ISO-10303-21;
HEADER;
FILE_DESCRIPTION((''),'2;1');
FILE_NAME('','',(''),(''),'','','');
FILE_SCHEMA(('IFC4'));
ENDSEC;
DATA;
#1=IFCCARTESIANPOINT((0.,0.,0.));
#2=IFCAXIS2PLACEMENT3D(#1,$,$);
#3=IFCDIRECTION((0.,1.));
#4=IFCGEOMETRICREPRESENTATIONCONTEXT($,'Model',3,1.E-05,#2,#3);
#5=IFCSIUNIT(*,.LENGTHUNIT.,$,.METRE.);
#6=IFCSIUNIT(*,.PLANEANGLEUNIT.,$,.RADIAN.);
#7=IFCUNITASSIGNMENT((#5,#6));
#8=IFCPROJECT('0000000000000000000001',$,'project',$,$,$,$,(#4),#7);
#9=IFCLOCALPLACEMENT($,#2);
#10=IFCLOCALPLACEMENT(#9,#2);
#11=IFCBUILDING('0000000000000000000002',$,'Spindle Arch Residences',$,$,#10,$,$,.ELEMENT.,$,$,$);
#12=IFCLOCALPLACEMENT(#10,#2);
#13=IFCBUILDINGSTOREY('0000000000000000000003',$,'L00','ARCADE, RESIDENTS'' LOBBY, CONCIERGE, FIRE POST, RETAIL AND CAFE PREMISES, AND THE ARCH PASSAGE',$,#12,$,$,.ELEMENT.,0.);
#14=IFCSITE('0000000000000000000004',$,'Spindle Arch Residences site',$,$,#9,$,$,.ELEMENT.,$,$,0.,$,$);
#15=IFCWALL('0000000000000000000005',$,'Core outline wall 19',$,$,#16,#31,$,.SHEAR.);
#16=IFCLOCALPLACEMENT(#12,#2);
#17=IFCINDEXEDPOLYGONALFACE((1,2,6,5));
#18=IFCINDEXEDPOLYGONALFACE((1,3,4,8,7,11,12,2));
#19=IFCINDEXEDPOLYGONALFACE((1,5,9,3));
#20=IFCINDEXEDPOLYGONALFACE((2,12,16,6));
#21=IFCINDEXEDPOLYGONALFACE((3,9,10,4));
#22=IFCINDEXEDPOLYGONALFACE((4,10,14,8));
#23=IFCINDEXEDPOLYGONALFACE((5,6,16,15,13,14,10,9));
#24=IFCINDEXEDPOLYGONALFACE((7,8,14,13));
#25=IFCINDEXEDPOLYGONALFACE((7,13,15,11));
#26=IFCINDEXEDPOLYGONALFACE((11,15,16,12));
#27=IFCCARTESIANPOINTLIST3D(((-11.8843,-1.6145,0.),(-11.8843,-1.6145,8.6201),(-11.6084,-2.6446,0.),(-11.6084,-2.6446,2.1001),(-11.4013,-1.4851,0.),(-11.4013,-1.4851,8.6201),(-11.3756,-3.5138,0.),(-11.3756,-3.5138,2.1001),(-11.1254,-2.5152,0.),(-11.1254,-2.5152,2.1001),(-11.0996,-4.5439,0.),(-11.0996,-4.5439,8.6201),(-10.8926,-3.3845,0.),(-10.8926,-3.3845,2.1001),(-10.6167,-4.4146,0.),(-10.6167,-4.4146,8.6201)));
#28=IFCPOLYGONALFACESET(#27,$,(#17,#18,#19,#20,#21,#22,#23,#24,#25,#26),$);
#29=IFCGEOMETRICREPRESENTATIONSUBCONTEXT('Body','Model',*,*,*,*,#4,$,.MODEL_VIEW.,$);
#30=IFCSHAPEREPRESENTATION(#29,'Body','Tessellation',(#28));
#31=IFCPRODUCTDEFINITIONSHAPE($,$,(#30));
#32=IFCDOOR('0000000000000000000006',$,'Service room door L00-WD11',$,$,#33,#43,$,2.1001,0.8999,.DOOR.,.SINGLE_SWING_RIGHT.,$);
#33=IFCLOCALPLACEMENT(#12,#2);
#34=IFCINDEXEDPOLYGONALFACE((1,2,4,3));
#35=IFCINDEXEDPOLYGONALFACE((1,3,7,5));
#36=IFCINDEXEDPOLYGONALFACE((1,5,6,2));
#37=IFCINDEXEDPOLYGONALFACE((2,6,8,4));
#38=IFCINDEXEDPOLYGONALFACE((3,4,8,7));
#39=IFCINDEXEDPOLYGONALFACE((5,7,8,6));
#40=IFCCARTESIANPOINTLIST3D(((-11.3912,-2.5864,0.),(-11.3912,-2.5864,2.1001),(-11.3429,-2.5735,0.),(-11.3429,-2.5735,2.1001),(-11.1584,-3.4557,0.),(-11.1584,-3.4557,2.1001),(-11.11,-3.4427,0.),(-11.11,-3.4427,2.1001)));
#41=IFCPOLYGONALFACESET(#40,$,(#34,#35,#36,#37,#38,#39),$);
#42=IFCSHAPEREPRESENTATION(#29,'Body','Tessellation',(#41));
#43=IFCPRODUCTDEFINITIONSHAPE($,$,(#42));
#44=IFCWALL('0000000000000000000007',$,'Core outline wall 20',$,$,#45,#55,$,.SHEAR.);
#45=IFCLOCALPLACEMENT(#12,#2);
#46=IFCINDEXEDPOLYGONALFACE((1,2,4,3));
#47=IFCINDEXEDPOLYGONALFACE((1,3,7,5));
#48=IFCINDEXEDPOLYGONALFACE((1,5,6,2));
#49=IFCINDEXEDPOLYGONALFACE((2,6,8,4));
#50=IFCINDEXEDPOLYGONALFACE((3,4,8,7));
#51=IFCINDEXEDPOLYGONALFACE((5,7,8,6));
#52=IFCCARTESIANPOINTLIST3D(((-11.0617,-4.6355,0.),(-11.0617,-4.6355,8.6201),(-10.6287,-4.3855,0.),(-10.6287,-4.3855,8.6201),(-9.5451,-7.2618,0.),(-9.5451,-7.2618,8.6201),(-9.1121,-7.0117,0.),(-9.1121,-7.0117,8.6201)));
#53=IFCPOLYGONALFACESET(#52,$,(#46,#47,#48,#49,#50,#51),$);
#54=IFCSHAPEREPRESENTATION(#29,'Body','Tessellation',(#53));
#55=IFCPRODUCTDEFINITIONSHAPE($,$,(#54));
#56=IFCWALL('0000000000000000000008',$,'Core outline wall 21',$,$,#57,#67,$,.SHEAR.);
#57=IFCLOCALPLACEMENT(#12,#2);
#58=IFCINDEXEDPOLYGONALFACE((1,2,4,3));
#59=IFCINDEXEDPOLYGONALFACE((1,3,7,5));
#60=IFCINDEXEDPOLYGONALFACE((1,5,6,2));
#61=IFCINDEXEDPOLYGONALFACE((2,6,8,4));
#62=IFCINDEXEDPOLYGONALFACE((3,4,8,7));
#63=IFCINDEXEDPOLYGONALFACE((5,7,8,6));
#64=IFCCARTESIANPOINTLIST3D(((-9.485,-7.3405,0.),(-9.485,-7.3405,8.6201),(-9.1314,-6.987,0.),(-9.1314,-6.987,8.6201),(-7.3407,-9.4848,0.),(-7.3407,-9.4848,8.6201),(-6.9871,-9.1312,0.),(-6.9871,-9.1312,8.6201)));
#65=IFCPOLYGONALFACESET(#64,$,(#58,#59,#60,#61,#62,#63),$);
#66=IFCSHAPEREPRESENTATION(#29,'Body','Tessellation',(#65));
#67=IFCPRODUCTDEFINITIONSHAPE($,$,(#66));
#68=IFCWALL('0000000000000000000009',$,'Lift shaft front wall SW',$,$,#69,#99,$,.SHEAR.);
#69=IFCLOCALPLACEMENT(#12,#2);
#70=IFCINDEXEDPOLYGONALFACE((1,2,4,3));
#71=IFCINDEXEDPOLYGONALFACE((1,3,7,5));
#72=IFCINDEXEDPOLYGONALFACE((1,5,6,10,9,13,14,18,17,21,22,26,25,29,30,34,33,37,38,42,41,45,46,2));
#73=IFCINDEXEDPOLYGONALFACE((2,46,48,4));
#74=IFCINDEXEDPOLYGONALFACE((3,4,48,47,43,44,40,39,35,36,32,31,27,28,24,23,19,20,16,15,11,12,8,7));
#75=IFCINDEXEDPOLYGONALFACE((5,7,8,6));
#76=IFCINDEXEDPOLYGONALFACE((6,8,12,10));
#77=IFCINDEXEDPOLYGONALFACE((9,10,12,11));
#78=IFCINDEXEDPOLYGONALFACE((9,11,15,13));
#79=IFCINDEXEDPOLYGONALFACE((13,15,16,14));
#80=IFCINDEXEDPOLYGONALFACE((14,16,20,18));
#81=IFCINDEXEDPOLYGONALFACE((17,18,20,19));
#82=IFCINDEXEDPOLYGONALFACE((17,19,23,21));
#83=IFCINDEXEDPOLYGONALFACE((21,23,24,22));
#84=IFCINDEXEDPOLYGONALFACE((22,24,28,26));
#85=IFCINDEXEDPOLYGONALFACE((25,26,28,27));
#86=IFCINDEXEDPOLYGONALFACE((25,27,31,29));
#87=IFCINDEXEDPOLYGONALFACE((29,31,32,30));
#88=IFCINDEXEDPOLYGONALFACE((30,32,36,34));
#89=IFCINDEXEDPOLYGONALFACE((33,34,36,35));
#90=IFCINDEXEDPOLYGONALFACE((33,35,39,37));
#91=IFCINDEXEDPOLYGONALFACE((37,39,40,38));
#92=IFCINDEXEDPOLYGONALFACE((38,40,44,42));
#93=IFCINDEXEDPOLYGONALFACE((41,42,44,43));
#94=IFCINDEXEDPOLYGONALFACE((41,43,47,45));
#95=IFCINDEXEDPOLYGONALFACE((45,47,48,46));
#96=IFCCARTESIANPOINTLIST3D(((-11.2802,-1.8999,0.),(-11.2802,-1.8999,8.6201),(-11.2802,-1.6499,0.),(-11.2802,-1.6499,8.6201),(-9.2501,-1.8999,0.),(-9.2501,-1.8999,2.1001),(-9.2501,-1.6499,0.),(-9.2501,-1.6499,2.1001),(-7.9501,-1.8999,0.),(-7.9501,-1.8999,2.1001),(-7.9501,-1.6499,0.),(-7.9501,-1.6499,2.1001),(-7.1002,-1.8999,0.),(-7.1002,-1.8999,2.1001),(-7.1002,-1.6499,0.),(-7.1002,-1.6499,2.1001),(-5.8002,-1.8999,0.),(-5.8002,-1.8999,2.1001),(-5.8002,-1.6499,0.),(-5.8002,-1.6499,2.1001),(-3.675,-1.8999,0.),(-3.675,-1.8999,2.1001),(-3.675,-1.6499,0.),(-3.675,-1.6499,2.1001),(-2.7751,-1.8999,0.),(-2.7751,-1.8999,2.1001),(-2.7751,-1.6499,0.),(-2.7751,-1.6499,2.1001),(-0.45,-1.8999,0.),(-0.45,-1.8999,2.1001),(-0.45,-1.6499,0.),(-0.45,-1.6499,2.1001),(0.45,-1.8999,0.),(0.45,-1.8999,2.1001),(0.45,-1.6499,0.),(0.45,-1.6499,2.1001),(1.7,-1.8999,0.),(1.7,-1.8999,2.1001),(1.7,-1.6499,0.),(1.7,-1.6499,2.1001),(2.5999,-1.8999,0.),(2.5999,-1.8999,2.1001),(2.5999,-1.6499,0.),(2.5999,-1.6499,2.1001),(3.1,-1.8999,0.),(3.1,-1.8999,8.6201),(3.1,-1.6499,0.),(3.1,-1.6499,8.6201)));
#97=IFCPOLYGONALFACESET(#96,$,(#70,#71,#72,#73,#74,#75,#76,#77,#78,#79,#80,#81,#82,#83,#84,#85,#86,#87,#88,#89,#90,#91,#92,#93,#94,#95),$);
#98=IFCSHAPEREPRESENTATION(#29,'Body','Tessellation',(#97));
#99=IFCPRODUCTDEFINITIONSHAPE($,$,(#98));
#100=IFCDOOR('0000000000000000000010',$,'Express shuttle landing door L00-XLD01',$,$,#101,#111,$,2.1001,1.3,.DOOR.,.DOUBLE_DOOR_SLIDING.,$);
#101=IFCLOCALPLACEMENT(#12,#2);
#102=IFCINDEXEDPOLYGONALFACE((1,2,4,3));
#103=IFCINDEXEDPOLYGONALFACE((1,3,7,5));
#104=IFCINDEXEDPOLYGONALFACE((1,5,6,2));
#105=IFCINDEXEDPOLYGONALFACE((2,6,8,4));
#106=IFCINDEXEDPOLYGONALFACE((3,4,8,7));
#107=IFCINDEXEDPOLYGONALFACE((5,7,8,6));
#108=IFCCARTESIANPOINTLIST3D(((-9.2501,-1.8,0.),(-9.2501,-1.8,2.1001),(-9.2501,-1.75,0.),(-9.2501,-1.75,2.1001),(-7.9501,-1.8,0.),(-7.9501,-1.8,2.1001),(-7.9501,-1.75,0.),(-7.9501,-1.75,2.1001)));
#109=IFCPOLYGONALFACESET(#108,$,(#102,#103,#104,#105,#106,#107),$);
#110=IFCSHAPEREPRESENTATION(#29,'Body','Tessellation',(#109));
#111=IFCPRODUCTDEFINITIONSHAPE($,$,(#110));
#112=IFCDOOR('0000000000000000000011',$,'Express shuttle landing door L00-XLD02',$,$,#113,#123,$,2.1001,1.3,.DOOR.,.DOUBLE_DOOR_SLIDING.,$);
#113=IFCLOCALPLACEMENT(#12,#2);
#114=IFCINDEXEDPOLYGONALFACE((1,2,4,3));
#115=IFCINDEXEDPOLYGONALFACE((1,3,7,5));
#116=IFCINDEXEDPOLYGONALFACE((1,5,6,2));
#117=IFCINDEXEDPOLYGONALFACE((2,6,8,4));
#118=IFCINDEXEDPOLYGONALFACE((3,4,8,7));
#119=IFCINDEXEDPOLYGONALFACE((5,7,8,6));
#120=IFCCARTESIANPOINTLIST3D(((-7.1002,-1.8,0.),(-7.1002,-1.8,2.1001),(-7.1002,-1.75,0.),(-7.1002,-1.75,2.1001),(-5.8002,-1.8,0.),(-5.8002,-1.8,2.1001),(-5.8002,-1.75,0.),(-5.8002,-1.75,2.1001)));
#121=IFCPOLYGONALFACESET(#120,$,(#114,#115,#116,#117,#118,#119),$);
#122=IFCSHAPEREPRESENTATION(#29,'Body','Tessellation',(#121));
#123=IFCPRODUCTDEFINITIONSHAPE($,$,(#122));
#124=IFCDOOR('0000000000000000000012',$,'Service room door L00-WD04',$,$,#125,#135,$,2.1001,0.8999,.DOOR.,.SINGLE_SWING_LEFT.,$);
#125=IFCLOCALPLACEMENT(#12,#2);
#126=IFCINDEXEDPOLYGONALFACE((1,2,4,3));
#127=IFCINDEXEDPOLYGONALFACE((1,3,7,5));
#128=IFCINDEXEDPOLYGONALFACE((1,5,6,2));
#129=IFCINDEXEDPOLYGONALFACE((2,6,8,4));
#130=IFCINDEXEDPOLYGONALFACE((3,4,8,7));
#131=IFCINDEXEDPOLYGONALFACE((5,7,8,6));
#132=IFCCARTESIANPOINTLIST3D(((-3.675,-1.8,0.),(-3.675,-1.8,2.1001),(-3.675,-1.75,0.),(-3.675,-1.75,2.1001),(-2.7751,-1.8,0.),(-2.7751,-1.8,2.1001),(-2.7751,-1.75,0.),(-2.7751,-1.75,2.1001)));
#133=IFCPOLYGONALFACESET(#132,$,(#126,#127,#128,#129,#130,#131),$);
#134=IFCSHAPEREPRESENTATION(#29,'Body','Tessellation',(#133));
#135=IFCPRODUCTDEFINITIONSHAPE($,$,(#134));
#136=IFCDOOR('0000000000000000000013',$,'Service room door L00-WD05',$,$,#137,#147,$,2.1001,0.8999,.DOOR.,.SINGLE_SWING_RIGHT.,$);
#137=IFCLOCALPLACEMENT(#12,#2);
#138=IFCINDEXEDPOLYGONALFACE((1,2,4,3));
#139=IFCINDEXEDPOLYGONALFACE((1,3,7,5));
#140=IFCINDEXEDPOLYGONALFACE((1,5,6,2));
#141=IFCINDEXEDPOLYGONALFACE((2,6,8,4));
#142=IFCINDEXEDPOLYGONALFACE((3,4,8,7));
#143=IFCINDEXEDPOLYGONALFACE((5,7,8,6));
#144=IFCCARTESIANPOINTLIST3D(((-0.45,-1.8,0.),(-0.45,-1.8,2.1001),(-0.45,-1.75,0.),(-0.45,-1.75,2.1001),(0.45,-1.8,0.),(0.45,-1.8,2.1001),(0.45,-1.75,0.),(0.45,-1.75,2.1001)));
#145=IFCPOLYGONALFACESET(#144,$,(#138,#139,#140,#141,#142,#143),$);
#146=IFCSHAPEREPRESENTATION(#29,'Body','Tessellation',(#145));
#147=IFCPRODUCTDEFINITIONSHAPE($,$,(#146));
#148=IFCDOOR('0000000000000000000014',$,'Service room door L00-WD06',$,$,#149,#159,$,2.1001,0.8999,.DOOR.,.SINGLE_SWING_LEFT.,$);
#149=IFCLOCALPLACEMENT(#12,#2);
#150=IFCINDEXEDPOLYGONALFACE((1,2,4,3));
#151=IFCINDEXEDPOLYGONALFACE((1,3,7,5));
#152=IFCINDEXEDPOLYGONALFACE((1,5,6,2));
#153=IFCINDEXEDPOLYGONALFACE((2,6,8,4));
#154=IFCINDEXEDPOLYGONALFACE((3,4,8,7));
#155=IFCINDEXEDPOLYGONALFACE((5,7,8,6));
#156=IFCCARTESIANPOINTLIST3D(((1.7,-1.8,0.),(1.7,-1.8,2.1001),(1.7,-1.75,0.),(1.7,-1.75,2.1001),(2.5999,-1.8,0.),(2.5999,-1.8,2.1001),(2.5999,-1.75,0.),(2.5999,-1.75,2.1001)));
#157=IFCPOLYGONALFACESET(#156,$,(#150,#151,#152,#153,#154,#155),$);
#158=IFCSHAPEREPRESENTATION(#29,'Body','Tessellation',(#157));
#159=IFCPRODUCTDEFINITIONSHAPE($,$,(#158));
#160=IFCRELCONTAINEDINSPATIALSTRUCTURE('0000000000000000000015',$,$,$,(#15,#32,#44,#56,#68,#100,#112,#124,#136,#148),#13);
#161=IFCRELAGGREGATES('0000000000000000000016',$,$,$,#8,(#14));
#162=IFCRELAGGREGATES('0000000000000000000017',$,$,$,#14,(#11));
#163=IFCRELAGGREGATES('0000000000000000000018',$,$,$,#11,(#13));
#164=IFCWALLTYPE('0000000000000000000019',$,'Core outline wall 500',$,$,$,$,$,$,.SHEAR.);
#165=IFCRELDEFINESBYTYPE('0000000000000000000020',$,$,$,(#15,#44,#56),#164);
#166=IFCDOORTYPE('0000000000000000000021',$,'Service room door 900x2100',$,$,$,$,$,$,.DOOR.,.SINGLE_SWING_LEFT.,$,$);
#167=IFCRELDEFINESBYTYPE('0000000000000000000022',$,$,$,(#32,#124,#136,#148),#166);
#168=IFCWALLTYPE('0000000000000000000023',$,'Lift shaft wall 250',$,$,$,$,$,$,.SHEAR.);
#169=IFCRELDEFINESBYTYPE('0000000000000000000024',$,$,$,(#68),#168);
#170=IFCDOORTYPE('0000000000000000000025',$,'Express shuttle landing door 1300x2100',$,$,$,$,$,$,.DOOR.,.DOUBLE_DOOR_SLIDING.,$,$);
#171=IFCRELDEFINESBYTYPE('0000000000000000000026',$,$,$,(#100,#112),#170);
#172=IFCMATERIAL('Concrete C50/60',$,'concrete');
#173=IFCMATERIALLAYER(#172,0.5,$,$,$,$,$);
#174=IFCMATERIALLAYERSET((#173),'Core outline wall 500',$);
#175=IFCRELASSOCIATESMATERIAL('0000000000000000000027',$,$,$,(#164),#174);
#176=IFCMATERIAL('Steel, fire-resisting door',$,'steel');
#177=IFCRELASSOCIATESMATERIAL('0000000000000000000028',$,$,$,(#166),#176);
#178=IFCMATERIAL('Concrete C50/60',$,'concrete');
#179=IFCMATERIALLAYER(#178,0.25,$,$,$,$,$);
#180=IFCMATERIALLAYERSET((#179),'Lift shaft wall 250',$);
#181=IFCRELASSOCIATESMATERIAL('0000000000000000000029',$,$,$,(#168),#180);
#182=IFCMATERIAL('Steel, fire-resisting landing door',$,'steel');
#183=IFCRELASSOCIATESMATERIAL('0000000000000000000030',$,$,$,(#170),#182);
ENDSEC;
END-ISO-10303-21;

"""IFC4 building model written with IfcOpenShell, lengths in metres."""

from ifc_helpers import new_model, si_unit, direction, frame, frame_2d, origin, place, context, subcontext, project, spatial, rectangle, extrude, material, layer, layer_set, type_object, element, fill, save


model = new_model("IFC4")

# Units and contexts
model_context = context("Model", 3, precision=1e-05, world=origin(), true_north=direction((0.0, 1.0)))
body_context = subcontext(model_context, "Body", "Model", "MODEL_VIEW")
ifc_project = project(units=[si_unit("LENGTHUNIT", "METRE"), si_unit("PLANEANGLEUNIT", "RADIAN")], contexts=[model_context])

# Site, building, storey
site_placement = place(None, origin())
site = spatial("IfcSite", under=ifc_project, at=site_placement, Name="Spindle Arch Residences site", CompositionType="ELEMENT", RefElevation=0.0)
building_placement = place(site_placement, origin())
building = spatial("IfcBuilding", under=site, at=building_placement, Name="Spindle Arch Residences", CompositionType="ELEMENT")
storey_placement = place(building_placement, origin())
storey = spatial("IfcBuildingStorey", under=building, at=storey_placement, Name="L00", Description="ARCADE, RESIDENTS' LOBBY, CONCIERGE, FIRE POST, RETAIL AND CAFE PREMISES, AND THE ARCH PASSAGE", CompositionType="ELEMENT", Elevation=0.0)

# Wall, opening, door
ifc_material_1 = material(Name="Concrete C50/60", Category="concrete")
ifc_layer_1 = layer(ifc_material_1, 0.5)
ifc_layer_set_1 = layer_set([ifc_layer_1], Name="Core outline wall 500")
wall_type_1 = type_object("IfcWallType", Name="Core outline wall 500", PredefinedType="SHEAR", material=ifc_layer_set_1)
wall_1_placement = place(storey_placement, frame((-11.6428, -1.5498, 0.0), z_axis=(0.0, 0.0, 1.0), x_axis=(0.258735, -0.965948, 0.0)))
wall_1 = element("IfcWall", 1, at=wall_1_placement, inside=storey, type_object=wall_type_1, Name="Core outline wall 19", PredefinedType="SHEAR", context=body_context, shape_type="SweptSolid", body=[
    extrude(rectangle(XDim=3.0327, YDim=0.5, at=frame_2d((1.5164, 0.0))), origin(), (0.0, 0.0, 1.0), 8.6201),
])
opening_1_placement = place(wall_1_placement, frame((1.0664, 0.0, 0.0)))
opening_1 = element("IfcOpeningElement", 2, at=opening_1_placement, cuts=wall_1, PredefinedType="OPENING", context=body_context, shape_type="SweptSolid", body=[
    extrude(rectangle(XDim=0.8999, YDim=2.1001, at=frame_2d((0.45, 1.05))), frame((0.0, 0.26, 0.0), z_axis=(0.0, -1.0, 0.0), x_axis=(1.0, 0.0, 0.0)), (0.0, 0.0, 1.0), 0.52),
])
ifc_material_2 = material(Name="Steel, fire-resisting door", Category="steel")
door_type_1 = type_object("IfcDoorType", Name="Service room door 900x2100", OperationType="SINGLE_SWING_LEFT", PredefinedType="DOOR", material=ifc_material_2)
door_1_placement = place(opening_1_placement, origin())
door_1 = element("IfcDoor", 3, at=door_1_placement, inside=storey, type_object=door_type_1, Name="Service room door L00-WD11", OperationType="SINGLE_SWING_RIGHT", OverallHeight=2.1001, OverallWidth=0.8999, PredefinedType="DOOR", context=body_context, shape_type="SweptSolid", body=[
    extrude(rectangle(XDim=0.8999, YDim=2.1001, at=frame_2d((0.45, 1.05))), frame((0.0, 0.0249, 0.0), z_axis=(0.0, -1.0, 0.0), x_axis=(1.0, 0.0, 0.0)), (0.0, 0.0, 1.0), 0.05),
])
fill(opening_1, door_1)

# Walls
wall_2_placement = place(storey_placement, frame((-10.8452, -4.5105, 0.0), z_axis=(0.0, 0.0, 1.0), x_axis=(0.500087, -0.865975, 0.0)))
element("IfcWall", 4, at=wall_2_placement, inside=storey, type_object=wall_type_1, Name="Core outline wall 20", PredefinedType="SHEAR", context=body_context, shape_type="SweptSolid", body=[
    extrude(rectangle(XDim=3.0327, YDim=0.5, at=frame_2d((1.5164, 0.0))), origin(), (0.0, 0.0, 1.0), 8.6201),
])
wall_3_placement = place(storey_placement, frame((-9.3081, -7.1638, 0.0), z_axis=(0.0, 0.0, 1.0), x_axis=(0.707107, -0.707107, 0.0)))
element("IfcWall", 5, at=wall_3_placement, inside=storey, type_object=wall_type_1, Name="Core outline wall 21", PredefinedType="SHEAR", context=body_context, shape_type="SweptSolid", body=[
    extrude(rectangle(XDim=3.0325, YDim=0.5, at=frame_2d((1.5161, 0.0))), origin(), (0.0, 0.0, 1.0), 8.6201),
])

# Wall, openings, doors
ifc_material_3 = material(Name="Concrete C50/60", Category="concrete")
ifc_layer_2 = layer(ifc_material_3, 0.25)
ifc_layer_set_2 = layer_set([ifc_layer_2], Name="Lift shaft wall 250")
wall_type_2 = type_object("IfcWallType", Name="Lift shaft wall 250", PredefinedType="SHEAR", material=ifc_layer_set_2)
wall_4_placement = place(storey_placement, frame((-11.28, -1.7749, 0.0), z_axis=(0.0, 0.0, 1.0), x_axis=(1.0, 0.0, 0.0)))
wall_4 = element("IfcWall", 6, at=wall_4_placement, inside=storey, type_object=wall_type_2, Name="Lift shaft front wall SW", PredefinedType="SHEAR", context=body_context, shape_type="SweptSolid", body=[
    extrude(rectangle(XDim=14.3801, YDim=0.25, at=frame_2d((7.1899, 0.0))), origin(), (0.0, 0.0, 1.0), 8.6201),
])
opening_2_placement = place(wall_4_placement, frame((2.03, 0.0, 0.0)))
opening_2 = element("IfcOpeningElement", 7, at=opening_2_placement, cuts=wall_4, PredefinedType="OPENING", context=body_context, shape_type="SweptSolid", body=[
    extrude(rectangle(XDim=1.3, YDim=2.1001, at=frame_2d((0.6499, 1.05))), frame((0.0, 0.135, 0.0), z_axis=(0.0, -1.0, 0.0), x_axis=(1.0, 0.0, 0.0)), (0.0, 0.0, 1.0), 0.27),
])
opening_3_placement = place(wall_4_placement, frame((4.1799, 0.0, 0.0)))
opening_3 = element("IfcOpeningElement", 8, at=opening_3_placement, cuts=wall_4, PredefinedType="OPENING", context=body_context, shape_type="SweptSolid", body=[
    extrude(rectangle(XDim=1.3, YDim=2.1001, at=frame_2d((0.6499, 1.05))), frame((0.0, 0.135, 0.0), z_axis=(0.0, -1.0, 0.0), x_axis=(1.0, 0.0, 0.0)), (0.0, 0.0, 1.0), 0.27),
])
opening_4_placement = place(wall_4_placement, frame((7.605, 0.0, 0.0)))
opening_4 = element("IfcOpeningElement", 9, at=opening_4_placement, cuts=wall_4, PredefinedType="OPENING", context=body_context, shape_type="SweptSolid", body=[
    extrude(rectangle(XDim=0.8999, YDim=2.1001, at=frame_2d((0.45, 1.05))), frame((0.0, 0.135, 0.0), z_axis=(0.0, -1.0, 0.0), x_axis=(1.0, 0.0, 0.0)), (0.0, 0.0, 1.0), 0.27),
])
opening_5_placement = place(wall_4_placement, frame((10.8301, 0.0, 0.0)))
opening_5 = element("IfcOpeningElement", 10, at=opening_5_placement, cuts=wall_4, PredefinedType="OPENING", context=body_context, shape_type="SweptSolid", body=[
    extrude(rectangle(XDim=0.8999, YDim=2.1001, at=frame_2d((0.45, 1.05))), frame((0.0, 0.135, 0.0), z_axis=(0.0, -1.0, 0.0), x_axis=(1.0, 0.0, 0.0)), (0.0, 0.0, 1.0), 0.27),
])
opening_6_placement = place(wall_4_placement, frame((12.98, 0.0, 0.0)))
opening_6 = element("IfcOpeningElement", 11, at=opening_6_placement, cuts=wall_4, PredefinedType="OPENING", context=body_context, shape_type="SweptSolid", body=[
    extrude(rectangle(XDim=0.8999, YDim=2.1001, at=frame_2d((0.45, 1.05))), frame((0.0, 0.135, 0.0), z_axis=(0.0, -1.0, 0.0), x_axis=(1.0, 0.0, 0.0)), (0.0, 0.0, 1.0), 0.27),
])
ifc_material_4 = material(Name="Steel, fire-resisting landing door", Category="steel")
door_type_2 = type_object("IfcDoorType", Name="Express shuttle landing door 1300x2100", OperationType="DOUBLE_DOOR_SLIDING", PredefinedType="DOOR", material=ifc_material_4)
door_2_placement = place(opening_2_placement, origin())
door_2 = element("IfcDoor", 12, at=door_2_placement, inside=storey, type_object=door_type_2, Name="Express shuttle landing door L00-XLD01", OperationType="DOUBLE_DOOR_SLIDING", OverallHeight=2.1001, OverallWidth=1.3, PredefinedType="DOOR", context=body_context, shape_type="SweptSolid", body=[
    extrude(rectangle(XDim=1.3, YDim=2.1001, at=frame_2d((0.6499, 1.05))), frame((0.0, 0.0249, 0.0), z_axis=(0.0, -1.0, 0.0), x_axis=(1.0, 0.0, 0.0)), (0.0, 0.0, 1.0), 0.05),
])
fill(opening_2, door_2)
door_3_placement = place(opening_3_placement, origin())
door_3 = element("IfcDoor", 13, at=door_3_placement, inside=storey, type_object=door_type_2, Name="Express shuttle landing door L00-XLD02", OperationType="DOUBLE_DOOR_SLIDING", OverallHeight=2.1001, OverallWidth=1.3, PredefinedType="DOOR", context=body_context, shape_type="SweptSolid", body=[
    extrude(rectangle(XDim=1.3, YDim=2.1001, at=frame_2d((0.6499, 1.05))), frame((0.0, 0.0249, 0.0), z_axis=(0.0, -1.0, 0.0), x_axis=(1.0, 0.0, 0.0)), (0.0, 0.0, 1.0), 0.05),
])
fill(opening_3, door_3)
door_4_placement = place(opening_4_placement, origin())
door_4 = element("IfcDoor", 14, at=door_4_placement, inside=storey, type_object=door_type_1, Name="Service room door L00-WD04", OperationType="SINGLE_SWING_LEFT", OverallHeight=2.1001, OverallWidth=0.8999, PredefinedType="DOOR", context=body_context, shape_type="SweptSolid", body=[
    extrude(rectangle(XDim=0.8999, YDim=2.1001, at=frame_2d((0.45, 1.05))), frame((0.0, 0.0249, 0.0), z_axis=(0.0, -1.0, 0.0), x_axis=(1.0, 0.0, 0.0)), (0.0, 0.0, 1.0), 0.05),
])
fill(opening_4, door_4)
door_5_placement = place(opening_5_placement, origin())
door_5 = element("IfcDoor", 15, at=door_5_placement, inside=storey, type_object=door_type_1, Name="Service room door L00-WD05", OperationType="SINGLE_SWING_RIGHT", OverallHeight=2.1001, OverallWidth=0.8999, PredefinedType="DOOR", context=body_context, shape_type="SweptSolid", body=[
    extrude(rectangle(XDim=0.8999, YDim=2.1001, at=frame_2d((0.45, 1.05))), frame((0.0, 0.0249, 0.0), z_axis=(0.0, -1.0, 0.0), x_axis=(1.0, 0.0, 0.0)), (0.0, 0.0, 1.0), 0.05),
])
fill(opening_5, door_5)
door_6_placement = place(opening_6_placement, origin())
door_6 = element("IfcDoor", 16, at=door_6_placement, inside=storey, type_object=door_type_1, Name="Service room door L00-WD06", OperationType="SINGLE_SWING_LEFT", OverallHeight=2.1001, OverallWidth=0.8999, PredefinedType="DOOR", context=body_context, shape_type="SweptSolid", body=[
    extrude(rectangle(XDim=0.8999, YDim=2.1001, at=frame_2d((0.45, 1.05))), frame((0.0, 0.0249, 0.0), z_axis=(0.0, -1.0, 0.0), x_axis=(1.0, 0.0, 0.0)), (0.0, 0.0, 1.0), 0.05),
])
fill(opening_6, door_6)

save(model, "model.ifc")
